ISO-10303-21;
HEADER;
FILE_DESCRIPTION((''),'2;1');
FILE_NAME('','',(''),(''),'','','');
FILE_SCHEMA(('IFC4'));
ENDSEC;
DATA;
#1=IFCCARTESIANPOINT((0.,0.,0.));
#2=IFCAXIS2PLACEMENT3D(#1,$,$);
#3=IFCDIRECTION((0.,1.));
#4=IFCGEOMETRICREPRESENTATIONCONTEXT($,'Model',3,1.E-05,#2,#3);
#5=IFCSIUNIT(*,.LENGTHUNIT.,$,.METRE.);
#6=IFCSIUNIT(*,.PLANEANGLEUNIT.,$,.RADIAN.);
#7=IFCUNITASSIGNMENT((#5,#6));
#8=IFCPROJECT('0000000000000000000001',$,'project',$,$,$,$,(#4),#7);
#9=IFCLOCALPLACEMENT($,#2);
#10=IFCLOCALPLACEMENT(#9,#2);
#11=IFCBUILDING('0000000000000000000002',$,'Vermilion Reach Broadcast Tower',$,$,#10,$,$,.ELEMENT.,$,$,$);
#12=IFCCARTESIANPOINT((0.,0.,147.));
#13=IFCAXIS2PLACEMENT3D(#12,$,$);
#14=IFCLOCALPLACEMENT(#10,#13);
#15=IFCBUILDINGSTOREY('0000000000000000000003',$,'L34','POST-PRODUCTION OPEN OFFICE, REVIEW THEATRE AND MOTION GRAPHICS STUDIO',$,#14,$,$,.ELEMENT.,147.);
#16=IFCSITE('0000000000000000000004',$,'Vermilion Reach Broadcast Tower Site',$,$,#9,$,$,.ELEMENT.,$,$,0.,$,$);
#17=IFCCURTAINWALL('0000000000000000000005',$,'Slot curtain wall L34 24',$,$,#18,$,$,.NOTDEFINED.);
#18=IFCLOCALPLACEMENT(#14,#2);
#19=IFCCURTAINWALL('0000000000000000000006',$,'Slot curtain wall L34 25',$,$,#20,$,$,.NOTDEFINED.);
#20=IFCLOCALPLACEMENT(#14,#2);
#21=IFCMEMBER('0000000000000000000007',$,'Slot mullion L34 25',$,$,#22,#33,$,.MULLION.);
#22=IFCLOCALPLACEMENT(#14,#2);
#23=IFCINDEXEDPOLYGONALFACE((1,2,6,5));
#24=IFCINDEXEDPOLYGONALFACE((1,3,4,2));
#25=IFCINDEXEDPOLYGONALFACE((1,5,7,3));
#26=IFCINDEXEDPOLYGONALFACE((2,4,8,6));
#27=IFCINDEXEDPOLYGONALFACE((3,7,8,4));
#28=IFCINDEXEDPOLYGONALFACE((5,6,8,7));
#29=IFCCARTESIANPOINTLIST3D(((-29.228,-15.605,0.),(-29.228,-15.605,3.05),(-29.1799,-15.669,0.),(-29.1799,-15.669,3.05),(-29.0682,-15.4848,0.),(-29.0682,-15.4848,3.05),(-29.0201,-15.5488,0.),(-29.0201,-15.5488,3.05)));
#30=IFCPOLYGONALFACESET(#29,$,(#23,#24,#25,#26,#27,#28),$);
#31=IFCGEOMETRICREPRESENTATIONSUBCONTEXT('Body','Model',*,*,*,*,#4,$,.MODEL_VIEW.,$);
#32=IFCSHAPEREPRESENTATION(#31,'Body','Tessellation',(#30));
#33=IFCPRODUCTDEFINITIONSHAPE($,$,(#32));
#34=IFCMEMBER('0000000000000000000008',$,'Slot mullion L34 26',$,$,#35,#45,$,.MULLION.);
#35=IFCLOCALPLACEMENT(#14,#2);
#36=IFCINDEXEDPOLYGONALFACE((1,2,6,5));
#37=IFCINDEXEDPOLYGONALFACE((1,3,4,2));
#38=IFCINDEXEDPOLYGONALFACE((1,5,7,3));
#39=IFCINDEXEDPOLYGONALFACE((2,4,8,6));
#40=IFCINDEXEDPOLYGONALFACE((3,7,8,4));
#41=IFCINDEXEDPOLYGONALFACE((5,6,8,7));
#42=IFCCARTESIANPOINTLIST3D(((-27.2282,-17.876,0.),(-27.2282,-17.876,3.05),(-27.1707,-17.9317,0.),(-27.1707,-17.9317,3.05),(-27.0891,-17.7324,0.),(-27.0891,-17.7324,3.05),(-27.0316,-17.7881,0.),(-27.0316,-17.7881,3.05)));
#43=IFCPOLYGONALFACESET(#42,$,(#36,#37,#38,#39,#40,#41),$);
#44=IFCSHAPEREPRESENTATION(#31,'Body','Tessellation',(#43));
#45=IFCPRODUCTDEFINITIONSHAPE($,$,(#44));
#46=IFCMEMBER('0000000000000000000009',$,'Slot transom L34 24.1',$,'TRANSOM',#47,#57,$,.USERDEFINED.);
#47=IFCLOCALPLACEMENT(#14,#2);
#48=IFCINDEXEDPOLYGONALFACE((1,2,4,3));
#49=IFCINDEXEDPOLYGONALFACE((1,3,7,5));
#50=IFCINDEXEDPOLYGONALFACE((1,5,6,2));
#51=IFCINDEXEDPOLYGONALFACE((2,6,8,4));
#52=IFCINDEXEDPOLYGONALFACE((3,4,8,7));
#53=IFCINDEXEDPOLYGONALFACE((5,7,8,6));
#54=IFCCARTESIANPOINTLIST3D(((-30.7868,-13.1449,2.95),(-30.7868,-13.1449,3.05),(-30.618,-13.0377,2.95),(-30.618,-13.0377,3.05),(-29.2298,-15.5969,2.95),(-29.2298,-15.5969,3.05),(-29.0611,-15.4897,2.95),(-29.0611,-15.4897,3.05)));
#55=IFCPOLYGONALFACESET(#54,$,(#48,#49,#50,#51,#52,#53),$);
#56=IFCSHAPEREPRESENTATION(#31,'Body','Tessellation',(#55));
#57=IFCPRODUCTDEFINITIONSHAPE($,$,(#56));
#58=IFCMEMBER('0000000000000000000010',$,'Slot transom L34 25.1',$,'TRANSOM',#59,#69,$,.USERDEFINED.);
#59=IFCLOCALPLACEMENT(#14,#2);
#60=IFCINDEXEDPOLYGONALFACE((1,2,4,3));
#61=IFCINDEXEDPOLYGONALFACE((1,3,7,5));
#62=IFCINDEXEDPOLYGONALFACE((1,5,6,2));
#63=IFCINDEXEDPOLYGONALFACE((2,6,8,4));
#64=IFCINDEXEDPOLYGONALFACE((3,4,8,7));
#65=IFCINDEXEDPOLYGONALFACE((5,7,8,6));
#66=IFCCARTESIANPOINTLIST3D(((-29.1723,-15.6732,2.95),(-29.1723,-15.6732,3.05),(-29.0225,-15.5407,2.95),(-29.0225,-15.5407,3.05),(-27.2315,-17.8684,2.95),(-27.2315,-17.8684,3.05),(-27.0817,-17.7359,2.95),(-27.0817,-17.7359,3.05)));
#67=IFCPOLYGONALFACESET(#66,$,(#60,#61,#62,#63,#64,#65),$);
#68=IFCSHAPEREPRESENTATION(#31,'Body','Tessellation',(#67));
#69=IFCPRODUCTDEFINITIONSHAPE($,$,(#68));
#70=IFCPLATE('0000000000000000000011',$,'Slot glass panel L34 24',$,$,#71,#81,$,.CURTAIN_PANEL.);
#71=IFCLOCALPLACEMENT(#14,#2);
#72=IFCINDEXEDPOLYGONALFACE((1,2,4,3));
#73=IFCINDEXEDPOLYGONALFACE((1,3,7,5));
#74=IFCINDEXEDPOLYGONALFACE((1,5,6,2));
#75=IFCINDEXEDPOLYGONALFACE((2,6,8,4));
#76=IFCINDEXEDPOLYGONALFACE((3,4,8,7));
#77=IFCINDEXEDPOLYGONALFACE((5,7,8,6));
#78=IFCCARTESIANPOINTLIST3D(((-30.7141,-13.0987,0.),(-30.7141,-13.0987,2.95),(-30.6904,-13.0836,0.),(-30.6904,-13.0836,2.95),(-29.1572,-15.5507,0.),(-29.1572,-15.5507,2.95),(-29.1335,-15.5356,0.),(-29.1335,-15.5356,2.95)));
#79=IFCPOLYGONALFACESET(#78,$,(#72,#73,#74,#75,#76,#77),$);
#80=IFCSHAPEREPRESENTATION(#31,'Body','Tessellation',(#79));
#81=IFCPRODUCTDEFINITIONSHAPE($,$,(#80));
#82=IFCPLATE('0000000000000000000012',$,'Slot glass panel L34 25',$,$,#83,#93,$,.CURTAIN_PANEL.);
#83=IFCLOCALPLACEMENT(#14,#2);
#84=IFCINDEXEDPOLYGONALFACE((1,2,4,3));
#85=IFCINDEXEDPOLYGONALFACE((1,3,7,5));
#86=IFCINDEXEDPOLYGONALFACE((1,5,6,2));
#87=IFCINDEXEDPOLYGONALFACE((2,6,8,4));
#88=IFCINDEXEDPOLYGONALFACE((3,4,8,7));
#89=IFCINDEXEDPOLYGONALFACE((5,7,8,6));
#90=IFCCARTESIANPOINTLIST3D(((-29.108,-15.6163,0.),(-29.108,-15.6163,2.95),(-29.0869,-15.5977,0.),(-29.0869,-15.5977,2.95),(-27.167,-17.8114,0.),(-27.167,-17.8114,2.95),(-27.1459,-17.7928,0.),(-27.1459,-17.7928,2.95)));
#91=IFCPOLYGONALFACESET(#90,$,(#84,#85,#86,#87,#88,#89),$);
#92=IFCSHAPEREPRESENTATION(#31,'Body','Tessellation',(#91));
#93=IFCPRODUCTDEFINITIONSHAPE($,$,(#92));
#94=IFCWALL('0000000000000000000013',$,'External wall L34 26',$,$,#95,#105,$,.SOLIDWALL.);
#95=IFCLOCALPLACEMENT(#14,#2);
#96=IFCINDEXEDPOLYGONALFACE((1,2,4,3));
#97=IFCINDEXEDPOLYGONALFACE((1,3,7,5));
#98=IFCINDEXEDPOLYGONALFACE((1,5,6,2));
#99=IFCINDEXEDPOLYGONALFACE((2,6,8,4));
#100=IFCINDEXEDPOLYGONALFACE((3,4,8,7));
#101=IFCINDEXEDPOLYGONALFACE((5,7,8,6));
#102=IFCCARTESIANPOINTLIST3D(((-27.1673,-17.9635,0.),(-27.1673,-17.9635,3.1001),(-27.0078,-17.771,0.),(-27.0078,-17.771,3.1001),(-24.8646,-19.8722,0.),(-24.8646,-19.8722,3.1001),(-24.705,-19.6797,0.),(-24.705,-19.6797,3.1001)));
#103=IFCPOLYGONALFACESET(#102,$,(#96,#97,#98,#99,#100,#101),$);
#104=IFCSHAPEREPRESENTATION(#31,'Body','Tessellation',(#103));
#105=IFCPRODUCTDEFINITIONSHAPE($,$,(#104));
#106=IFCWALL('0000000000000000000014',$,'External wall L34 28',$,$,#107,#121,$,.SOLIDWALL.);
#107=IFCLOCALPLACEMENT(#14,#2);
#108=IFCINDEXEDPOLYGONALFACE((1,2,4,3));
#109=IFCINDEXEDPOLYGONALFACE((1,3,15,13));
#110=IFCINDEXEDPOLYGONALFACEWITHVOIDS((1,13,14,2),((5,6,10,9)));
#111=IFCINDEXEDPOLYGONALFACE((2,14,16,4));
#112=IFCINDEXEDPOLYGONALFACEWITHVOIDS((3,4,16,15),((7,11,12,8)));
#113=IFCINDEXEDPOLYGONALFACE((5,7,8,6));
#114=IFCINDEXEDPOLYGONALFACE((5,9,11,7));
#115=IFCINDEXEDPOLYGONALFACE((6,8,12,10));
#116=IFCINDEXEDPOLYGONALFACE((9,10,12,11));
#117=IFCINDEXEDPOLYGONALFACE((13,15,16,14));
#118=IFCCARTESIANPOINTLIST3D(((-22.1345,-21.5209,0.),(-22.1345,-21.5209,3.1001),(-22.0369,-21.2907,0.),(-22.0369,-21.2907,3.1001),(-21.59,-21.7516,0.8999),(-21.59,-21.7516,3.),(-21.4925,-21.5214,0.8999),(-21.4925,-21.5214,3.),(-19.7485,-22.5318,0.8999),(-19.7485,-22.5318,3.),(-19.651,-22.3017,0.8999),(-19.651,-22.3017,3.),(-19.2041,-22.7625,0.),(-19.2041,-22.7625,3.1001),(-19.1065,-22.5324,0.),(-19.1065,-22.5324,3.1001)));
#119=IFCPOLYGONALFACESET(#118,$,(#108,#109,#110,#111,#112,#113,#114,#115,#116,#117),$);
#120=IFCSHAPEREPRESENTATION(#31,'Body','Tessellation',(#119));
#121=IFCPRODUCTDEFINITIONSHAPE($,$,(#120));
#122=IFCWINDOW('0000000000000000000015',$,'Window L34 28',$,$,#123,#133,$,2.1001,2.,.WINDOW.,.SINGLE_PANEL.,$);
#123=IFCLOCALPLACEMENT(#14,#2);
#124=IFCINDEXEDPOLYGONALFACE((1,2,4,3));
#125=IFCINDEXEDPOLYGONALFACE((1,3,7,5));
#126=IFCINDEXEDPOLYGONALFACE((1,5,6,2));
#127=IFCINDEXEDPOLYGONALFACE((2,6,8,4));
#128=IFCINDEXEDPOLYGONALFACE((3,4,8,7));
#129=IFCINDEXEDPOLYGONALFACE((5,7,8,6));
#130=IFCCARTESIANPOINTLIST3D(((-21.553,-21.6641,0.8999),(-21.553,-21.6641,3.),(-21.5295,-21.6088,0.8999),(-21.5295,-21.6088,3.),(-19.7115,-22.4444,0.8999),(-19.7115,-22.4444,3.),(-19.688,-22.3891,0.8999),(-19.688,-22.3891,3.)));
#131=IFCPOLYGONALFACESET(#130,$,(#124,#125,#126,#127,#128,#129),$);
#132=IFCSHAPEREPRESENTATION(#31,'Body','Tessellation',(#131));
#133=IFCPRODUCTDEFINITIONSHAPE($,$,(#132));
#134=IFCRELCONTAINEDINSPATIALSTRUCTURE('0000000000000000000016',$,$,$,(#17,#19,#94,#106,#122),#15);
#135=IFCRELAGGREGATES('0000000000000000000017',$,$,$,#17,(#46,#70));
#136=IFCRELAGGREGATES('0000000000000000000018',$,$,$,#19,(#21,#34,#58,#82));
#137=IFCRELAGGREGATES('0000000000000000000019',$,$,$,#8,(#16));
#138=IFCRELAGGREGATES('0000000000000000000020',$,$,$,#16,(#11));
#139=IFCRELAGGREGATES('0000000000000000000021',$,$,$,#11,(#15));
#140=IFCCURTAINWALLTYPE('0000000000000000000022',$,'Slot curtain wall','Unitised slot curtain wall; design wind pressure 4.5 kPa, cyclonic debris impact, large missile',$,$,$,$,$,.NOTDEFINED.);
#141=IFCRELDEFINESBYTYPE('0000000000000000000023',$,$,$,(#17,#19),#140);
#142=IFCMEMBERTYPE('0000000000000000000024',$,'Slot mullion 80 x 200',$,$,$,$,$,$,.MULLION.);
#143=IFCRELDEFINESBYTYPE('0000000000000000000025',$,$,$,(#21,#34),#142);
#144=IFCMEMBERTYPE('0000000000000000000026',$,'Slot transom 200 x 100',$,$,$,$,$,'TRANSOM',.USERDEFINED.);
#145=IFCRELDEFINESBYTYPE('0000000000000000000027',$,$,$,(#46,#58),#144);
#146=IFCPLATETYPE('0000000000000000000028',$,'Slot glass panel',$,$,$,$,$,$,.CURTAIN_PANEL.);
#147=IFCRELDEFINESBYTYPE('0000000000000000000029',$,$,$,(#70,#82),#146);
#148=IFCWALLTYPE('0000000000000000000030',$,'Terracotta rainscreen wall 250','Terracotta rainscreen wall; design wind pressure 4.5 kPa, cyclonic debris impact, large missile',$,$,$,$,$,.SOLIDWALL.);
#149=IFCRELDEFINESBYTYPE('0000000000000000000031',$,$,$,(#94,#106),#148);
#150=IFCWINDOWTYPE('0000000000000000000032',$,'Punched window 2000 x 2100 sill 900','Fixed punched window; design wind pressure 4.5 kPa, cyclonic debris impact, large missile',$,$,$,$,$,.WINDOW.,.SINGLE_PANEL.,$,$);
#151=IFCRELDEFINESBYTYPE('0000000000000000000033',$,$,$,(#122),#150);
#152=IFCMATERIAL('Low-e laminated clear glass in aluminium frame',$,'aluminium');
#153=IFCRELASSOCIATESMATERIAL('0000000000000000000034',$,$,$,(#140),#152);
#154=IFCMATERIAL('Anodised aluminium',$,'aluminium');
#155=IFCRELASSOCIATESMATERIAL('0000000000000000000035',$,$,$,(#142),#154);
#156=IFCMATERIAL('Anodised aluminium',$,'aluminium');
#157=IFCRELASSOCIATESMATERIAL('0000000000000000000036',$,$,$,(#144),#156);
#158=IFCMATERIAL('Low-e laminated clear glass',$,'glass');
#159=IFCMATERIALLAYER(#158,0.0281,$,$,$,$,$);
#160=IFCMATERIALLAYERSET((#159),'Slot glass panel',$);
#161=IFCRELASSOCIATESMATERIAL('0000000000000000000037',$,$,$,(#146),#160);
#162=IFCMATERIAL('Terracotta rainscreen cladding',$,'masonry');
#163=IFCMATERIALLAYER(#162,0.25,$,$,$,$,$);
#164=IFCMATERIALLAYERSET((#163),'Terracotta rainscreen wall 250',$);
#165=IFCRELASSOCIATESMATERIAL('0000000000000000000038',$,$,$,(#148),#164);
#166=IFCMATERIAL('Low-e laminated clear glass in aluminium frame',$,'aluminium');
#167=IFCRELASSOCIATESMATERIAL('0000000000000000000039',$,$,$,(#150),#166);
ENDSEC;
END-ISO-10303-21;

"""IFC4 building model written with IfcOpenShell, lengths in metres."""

from ifc_helpers import new_model, si_unit, direction, frame, frame_2d, origin, origin_2d, place, context, subcontext, project, spatial, rectangle, extrude, material, layer, layer_set, material_profile, profile_set, type_object, element, fill, aggregate, save


model = new_model("IFC4")

# Units and contexts
model_context = context("Model", 3, precision=1e-05, world=origin(), true_north=direction((0.0, 1.0)))
body_context = subcontext(model_context, "Body", "Model", "MODEL_VIEW")
ifc_project = project(units=[si_unit("LENGTHUNIT", "METRE"), si_unit("PLANEANGLEUNIT", "RADIAN")], contexts=[model_context])

# Site, building, storey
site_placement = place(None, origin())
site = spatial("IfcSite", under=ifc_project, at=site_placement, Name="Vermilion Reach Broadcast Tower Site", CompositionType="ELEMENT", RefElevation=0.0)
building_placement = place(site_placement, origin())
building = spatial("IfcBuilding", under=site, at=building_placement, Name="Vermilion Reach Broadcast Tower", CompositionType="ELEMENT")
storey_placement = place(building_placement, frame((0.0, 0.0, 147.0)))
storey = spatial("IfcBuildingStorey", under=building, at=storey_placement, Name="L34", Description="POST-PRODUCTION OPEN OFFICE, REVIEW THEATRE AND MOTION GRAPHICS STUDIO", CompositionType="ELEMENT", Elevation=147.0)

# Curtain wall
ifc_material_1 = material(Name="Low-e laminated clear glass in aluminium frame", Category="aluminium")
curtain_wall_type = type_object("IfcCurtainWallType", Name="Slot curtain wall", Description="Unitised slot curtain wall; design wind pressure 4.5 kPa, cyclonic debris impact, large missile", PredefinedType="NOTDEFINED", material=ifc_material_1)
placement = place(storey_placement, origin())
curtain_wall_1 = element("IfcCurtainWall", 1, at=placement, inside=storey, type_object=curtain_wall_type, Name="Slot curtain wall L34 24", PredefinedType="NOTDEFINED")
ifc_material_2 = material(Name="Anodised aluminium", Category="aluminium")
ifc_material_profile_1 = material_profile(ifc_material_2, rectangle(XDim=0.2, YDim=0.0801, at=origin_2d()), Name="Slot mullion 80 x 200")
ifc_profile_set_1 = profile_set([ifc_material_profile_1], Name="Anodised aluminium")
member_type_1 = type_object("IfcMemberType", Name="Slot mullion 80 x 200", PredefinedType="MULLION", material=ifc_profile_set_1)

# Curtain wall, members
curtain_wall_2 = element("IfcCurtainWall", 2, at=placement, inside=storey, type_object=curtain_wall_type, Name="Slot curtain wall L34 25", PredefinedType="NOTDEFINED")
member_1_placement = place(storey_placement, frame((-29.124, -15.5769, 0.0), z_axis=(0.0, 0.0, 1.0), x_axis=(0.799172, 0.601102, 0.0)))
member_1 = element("IfcMember", 3, at=member_1_placement, type_object=member_type_1, Name="Slot mullion L34 25", PredefinedType="MULLION", context=body_context, shape_type="SweptSolid", body=[
    extrude(rectangle(XDim=0.2, YDim=0.0801, at=origin_2d()), origin(), (0.0, 0.0, 1.0), 3.05),
])
member_2_placement = place(storey_placement, frame((-27.1299, -17.832, 0.0), z_axis=(0.0, 0.0, 1.0), x_axis=(0.695744, 0.71829, 0.0)))
member_2 = element("IfcMember", 4, at=member_2_placement, type_object=member_type_1, Name="Slot mullion L34 26", PredefinedType="MULLION", context=body_context, shape_type="SweptSolid", body=[
    extrude(rectangle(XDim=0.2, YDim=0.0801, at=origin_2d()), origin(), (0.0, 0.0, 1.0), 3.05),
])

# Members
ifc_material_3 = material(Name="Anodised aluminium", Category="aluminium")
ifc_material_profile_2 = material_profile(ifc_material_3, rectangle(XDim=0.2, YDim=0.1001, at=origin_2d()), Name="Slot transom 200 x 100")
ifc_profile_set_2 = profile_set([ifc_material_profile_2], Name="Anodised aluminium")
member_type_2 = type_object("IfcMemberType", Name="Slot transom 200 x 100", ElementType="TRANSOM", PredefinedType="USERDEFINED", material=ifc_profile_set_2)
member_3_placement = place(storey_placement, frame((-30.7024, -13.0913, 3.0), z_axis=(0.536038, -0.844194, 0.0), x_axis=(0.844194, 0.536038, 0.0)))
member_3 = element("IfcMember", 5, at=member_3_placement, type_object=member_type_2, Name="Slot transom L34 24.1", ObjectType="TRANSOM", PredefinedType="USERDEFINED", context=body_context, shape_type="SweptSolid", body=[
    extrude(rectangle(XDim=0.2, YDim=0.1001, at=origin_2d()), origin(), (0.0, 0.0, 1.0), 2.9045),
])
member_4_placement = place(storey_placement, frame((-29.0974, -15.6069, 3.0), z_axis=(0.662365, -0.749181, 0.0), x_axis=(0.749181, 0.662365, 0.0)))
member_4 = element("IfcMember", 6, at=member_4_placement, type_object=member_type_2, Name="Slot transom L34 25.1", ObjectType="TRANSOM", PredefinedType="USERDEFINED", context=body_context, shape_type="SweptSolid", body=[
    extrude(rectangle(XDim=0.2, YDim=0.1001, at=origin_2d()), origin(), (0.0, 0.0, 1.0), 2.9302),
])

# Plates
ifc_material_4 = material(Name="Low-e laminated clear glass", Category="glass")
ifc_layer_1 = layer(ifc_material_4, 0.0281)
ifc_layer_set_1 = layer_set([ifc_layer_1], Name="Slot glass panel")
plate_type = type_object("IfcPlateType", Name="Slot glass panel", PredefinedType="CURTAIN_PANEL", material=ifc_layer_set_1)
plate_1_placement = place(storey_placement, frame((-29.9238, -14.3171, 0.0), z_axis=(0.0, 0.0, 1.0), x_axis=(0.536022, -0.844204, 0.0)))
plate_1 = element("IfcPlate", 7, at=plate_1_placement, type_object=plate_type, Name="Slot glass panel L34 24", PredefinedType="CURTAIN_PANEL", context=body_context, shape_type="SweptSolid", body=[
    extrude(rectangle(XDim=2.9045, YDim=0.0281, at=origin_2d()), origin(), (0.0, 0.0, 1.0), 2.95),
])
aggregate(curtain_wall_1, [member_3, plate_1])
plate_2_placement = place(storey_placement, frame((-28.127, -16.7046, 0.0), z_axis=(0.0, 0.0, 1.0), x_axis=(0.662418, -0.749134, 0.0)))
plate_2 = element("IfcPlate", 8, at=plate_2_placement, type_object=plate_type, Name="Slot glass panel L34 25", PredefinedType="CURTAIN_PANEL", context=body_context, shape_type="SweptSolid", body=[
    extrude(rectangle(XDim=2.9302, YDim=0.0281, at=origin_2d()), origin(), (0.0, 0.0, 1.0), 2.95),
])
aggregate(curtain_wall_2, [member_1, member_2, member_4, plate_2])

# Wall
ifc_material_5 = material(Name="Terracotta rainscreen cladding", Category="masonry")
ifc_layer_2 = layer(ifc_material_5, 0.25)
ifc_layer_set_2 = layer_set([ifc_layer_2], Name="Terracotta rainscreen wall 250")
wall_type = type_object("IfcWallType", Name="Terracotta rainscreen wall 250", Description="Terracotta rainscreen wall; design wind pressure 4.5 kPa, cyclonic debris impact, large missile", PredefinedType="SOLIDWALL", material=ifc_layer_set_2)
wall_1_placement = place(storey_placement, frame((-27.0876, -17.8672, 0.0), z_axis=(0.0, 0.0, 1.0), x_axis=(0.769905, -0.638159, 0.0)))
element("IfcWall", 9, at=wall_1_placement, inside=storey, type_object=wall_type, Name="External wall L34 26", PredefinedType="SOLIDWALL", context=body_context, shape_type="SweptSolid", body=[
    extrude(rectangle(XDim=2.991, YDim=0.25, at=frame_2d((1.4956, 0.0))), origin(), (0.0, 0.0, 1.0), 3.1001),
])

# Wall, opening, window
wall_2_placement = place(storey_placement, frame((-22.0857, -21.4058, 0.0), z_axis=(0.0, 0.0, 1.0), x_axis=(0.920752, -0.390148, 0.0)))
wall_2 = element("IfcWall", 10, at=wall_2_placement, inside=storey, type_object=wall_type, Name="External wall L34 28", PredefinedType="SOLIDWALL", context=body_context, shape_type="SweptSolid", body=[
    extrude(rectangle(XDim=3.1826, YDim=0.25, at=frame_2d((1.5913, 0.0))), origin(), (0.0, 0.0, 1.0), 3.1001),
])
opening_1_placement = place(wall_2_placement, frame((0.5913, 0.0, 0.8999)))
opening_1 = element("IfcOpeningElement", 11, at=opening_1_placement, cuts=wall_2, PredefinedType="OPENING", context=body_context, shape_type="SweptSolid", body=[
    extrude(rectangle(XDim=2.0, YDim=2.1001, at=frame_2d((1.0, 1.05))), frame((0.0, 0.135, 0.0), z_axis=(0.0, -1.0, 0.0), x_axis=(1.0, 0.0, 0.0)), (0.0, 0.0, 1.0), 0.27),
])
ifc_material_6 = material(Name="Low-e laminated clear glass in aluminium frame", Category="aluminium")
window_type = type_object("IfcWindowType", Name="Punched window 2000 x 2100 sill 900", Description="Fixed punched window; design wind pressure 4.5 kPa, cyclonic debris impact, large missile", PartitioningType="SINGLE_PANEL", PredefinedType="WINDOW", material=ifc_material_6)
window_placement = place(opening_1_placement, origin())
window = element("IfcWindow", 12, at=window_placement, inside=storey, type_object=window_type, Name="Window L34 28", OverallHeight=2.1001, OverallWidth=2.0, PartitioningType="SINGLE_PANEL", PredefinedType="WINDOW", context=body_context, shape_type="SweptSolid", body=[
    extrude(rectangle(XDim=2.0, YDim=2.1001, at=frame_2d((1.0, 1.05))), frame((0.0, 0.03, 0.0), z_axis=(0.0, -1.0, 0.0), x_axis=(1.0, 0.0, 0.0)), (0.0, 0.0, 1.0), 0.0601),
])
fill(opening_1, window)

save(model, "model.ifc")
